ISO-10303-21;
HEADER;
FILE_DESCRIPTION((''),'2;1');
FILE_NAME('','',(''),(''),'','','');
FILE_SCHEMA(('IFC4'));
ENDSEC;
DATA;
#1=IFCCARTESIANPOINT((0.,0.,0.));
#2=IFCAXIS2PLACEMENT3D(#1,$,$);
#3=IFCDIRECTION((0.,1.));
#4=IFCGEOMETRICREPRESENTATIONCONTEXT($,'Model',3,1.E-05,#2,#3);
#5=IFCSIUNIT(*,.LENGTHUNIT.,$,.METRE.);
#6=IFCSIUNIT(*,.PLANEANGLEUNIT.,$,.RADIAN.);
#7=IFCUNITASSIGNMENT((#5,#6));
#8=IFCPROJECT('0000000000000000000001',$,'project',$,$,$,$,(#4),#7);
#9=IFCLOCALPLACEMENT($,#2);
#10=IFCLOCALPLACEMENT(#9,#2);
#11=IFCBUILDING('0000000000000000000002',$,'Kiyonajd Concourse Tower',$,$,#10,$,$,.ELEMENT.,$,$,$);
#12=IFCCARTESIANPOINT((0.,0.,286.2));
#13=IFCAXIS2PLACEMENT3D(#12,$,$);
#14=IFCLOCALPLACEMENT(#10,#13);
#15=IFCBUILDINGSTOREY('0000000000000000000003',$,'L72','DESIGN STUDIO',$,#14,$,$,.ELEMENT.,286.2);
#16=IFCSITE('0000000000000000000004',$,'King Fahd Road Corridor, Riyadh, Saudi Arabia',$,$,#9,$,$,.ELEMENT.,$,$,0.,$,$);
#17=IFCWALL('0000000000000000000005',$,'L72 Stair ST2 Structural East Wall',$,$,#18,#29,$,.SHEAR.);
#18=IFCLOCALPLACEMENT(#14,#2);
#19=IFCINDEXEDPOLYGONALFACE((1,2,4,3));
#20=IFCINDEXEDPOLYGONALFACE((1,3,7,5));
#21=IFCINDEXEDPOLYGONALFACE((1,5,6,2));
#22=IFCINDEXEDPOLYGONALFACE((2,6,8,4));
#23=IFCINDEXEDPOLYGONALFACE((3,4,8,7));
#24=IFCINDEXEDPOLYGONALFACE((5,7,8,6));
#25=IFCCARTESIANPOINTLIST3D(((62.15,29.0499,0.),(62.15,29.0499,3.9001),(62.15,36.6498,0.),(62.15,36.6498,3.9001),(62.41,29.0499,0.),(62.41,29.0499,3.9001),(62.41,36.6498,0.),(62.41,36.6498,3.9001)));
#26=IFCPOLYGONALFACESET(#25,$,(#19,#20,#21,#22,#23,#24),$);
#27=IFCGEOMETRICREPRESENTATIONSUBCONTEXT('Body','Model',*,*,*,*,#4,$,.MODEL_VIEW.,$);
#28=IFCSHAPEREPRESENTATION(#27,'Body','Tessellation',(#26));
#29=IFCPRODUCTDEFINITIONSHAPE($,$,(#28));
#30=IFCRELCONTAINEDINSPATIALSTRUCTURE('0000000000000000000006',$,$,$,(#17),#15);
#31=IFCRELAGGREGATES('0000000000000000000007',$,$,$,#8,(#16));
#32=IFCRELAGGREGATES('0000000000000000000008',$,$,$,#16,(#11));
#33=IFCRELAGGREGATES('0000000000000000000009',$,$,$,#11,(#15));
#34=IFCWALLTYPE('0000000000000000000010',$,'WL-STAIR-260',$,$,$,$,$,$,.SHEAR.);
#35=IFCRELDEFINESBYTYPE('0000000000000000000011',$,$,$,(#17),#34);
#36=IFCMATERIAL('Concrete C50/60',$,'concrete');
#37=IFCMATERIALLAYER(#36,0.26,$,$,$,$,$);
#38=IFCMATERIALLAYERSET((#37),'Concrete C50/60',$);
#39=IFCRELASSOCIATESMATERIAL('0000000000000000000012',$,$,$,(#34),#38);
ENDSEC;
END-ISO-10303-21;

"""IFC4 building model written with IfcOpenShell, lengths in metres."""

from ifc_helpers import new_model, si_unit, direction, frame, frame_2d, origin, place, context, subcontext, project, spatial, rectangle, extrude, material, layer, layer_set, type_object, element, save


model = new_model("IFC4")

# Units and contexts
model_context = context("Model", 3, precision=1e-05, world=origin(), true_north=direction((0.0, 1.0)))
body_context = subcontext(model_context, "Body", "Model", "MODEL_VIEW")
ifc_project = project(units=[si_unit("LENGTHUNIT", "METRE"), si_unit("PLANEANGLEUNIT", "RADIAN")], contexts=[model_context])

# Site, building, storey
site_placement = place(None, origin())
site = spatial("IfcSite", under=ifc_project, at=site_placement, Name="King Fahd Road Corridor, Riyadh, Saudi Arabia", CompositionType="ELEMENT", RefElevation=0.0)
building_placement = place(site_placement, origin())
building = spatial("IfcBuilding", under=site, at=building_placement, Name="Kiyonajd Concourse Tower", CompositionType="ELEMENT")
storey_placement = place(building_placement, frame((0.0, 0.0, 286.2)))
storey = spatial("IfcBuildingStorey", under=building, at=storey_placement, Name="L72", Description="DESIGN STUDIO", CompositionType="ELEMENT", Elevation=286.2)

# Shared definitions
ifc_material_1 = material(Name="Concrete C50/60", Category="concrete")
ifc_layer_1 = layer(ifc_material_1, 0.26)
ifc_layer_set_1 = layer_set([ifc_layer_1], Name="Concrete C50/60")
wall_type_1 = type_object("IfcWallType", Name="WL-STAIR-260", PredefinedType="SHEAR", material=ifc_layer_set_1)

# Wall
wall_1_placement = place(storey_placement, frame((62.28, 29.05, 0.0), z_axis=(0.0, 0.0, 1.0), x_axis=(0.0, 1.0, 0.0)))
element("IfcWall", 1, at=wall_1_placement, inside=storey, type_object=wall_type_1, Name="L72 Stair ST2 Structural East Wall", PredefinedType="SHEAR", context=body_context, shape_type="SweptSolid", body=[
    extrude(rectangle(XDim=7.5999, YDim=0.26, at=frame_2d((3.7998, 0.0))), origin(), (0.0, 0.0, 1.0), 3.9001),
])

save(model, "model.ifc")
